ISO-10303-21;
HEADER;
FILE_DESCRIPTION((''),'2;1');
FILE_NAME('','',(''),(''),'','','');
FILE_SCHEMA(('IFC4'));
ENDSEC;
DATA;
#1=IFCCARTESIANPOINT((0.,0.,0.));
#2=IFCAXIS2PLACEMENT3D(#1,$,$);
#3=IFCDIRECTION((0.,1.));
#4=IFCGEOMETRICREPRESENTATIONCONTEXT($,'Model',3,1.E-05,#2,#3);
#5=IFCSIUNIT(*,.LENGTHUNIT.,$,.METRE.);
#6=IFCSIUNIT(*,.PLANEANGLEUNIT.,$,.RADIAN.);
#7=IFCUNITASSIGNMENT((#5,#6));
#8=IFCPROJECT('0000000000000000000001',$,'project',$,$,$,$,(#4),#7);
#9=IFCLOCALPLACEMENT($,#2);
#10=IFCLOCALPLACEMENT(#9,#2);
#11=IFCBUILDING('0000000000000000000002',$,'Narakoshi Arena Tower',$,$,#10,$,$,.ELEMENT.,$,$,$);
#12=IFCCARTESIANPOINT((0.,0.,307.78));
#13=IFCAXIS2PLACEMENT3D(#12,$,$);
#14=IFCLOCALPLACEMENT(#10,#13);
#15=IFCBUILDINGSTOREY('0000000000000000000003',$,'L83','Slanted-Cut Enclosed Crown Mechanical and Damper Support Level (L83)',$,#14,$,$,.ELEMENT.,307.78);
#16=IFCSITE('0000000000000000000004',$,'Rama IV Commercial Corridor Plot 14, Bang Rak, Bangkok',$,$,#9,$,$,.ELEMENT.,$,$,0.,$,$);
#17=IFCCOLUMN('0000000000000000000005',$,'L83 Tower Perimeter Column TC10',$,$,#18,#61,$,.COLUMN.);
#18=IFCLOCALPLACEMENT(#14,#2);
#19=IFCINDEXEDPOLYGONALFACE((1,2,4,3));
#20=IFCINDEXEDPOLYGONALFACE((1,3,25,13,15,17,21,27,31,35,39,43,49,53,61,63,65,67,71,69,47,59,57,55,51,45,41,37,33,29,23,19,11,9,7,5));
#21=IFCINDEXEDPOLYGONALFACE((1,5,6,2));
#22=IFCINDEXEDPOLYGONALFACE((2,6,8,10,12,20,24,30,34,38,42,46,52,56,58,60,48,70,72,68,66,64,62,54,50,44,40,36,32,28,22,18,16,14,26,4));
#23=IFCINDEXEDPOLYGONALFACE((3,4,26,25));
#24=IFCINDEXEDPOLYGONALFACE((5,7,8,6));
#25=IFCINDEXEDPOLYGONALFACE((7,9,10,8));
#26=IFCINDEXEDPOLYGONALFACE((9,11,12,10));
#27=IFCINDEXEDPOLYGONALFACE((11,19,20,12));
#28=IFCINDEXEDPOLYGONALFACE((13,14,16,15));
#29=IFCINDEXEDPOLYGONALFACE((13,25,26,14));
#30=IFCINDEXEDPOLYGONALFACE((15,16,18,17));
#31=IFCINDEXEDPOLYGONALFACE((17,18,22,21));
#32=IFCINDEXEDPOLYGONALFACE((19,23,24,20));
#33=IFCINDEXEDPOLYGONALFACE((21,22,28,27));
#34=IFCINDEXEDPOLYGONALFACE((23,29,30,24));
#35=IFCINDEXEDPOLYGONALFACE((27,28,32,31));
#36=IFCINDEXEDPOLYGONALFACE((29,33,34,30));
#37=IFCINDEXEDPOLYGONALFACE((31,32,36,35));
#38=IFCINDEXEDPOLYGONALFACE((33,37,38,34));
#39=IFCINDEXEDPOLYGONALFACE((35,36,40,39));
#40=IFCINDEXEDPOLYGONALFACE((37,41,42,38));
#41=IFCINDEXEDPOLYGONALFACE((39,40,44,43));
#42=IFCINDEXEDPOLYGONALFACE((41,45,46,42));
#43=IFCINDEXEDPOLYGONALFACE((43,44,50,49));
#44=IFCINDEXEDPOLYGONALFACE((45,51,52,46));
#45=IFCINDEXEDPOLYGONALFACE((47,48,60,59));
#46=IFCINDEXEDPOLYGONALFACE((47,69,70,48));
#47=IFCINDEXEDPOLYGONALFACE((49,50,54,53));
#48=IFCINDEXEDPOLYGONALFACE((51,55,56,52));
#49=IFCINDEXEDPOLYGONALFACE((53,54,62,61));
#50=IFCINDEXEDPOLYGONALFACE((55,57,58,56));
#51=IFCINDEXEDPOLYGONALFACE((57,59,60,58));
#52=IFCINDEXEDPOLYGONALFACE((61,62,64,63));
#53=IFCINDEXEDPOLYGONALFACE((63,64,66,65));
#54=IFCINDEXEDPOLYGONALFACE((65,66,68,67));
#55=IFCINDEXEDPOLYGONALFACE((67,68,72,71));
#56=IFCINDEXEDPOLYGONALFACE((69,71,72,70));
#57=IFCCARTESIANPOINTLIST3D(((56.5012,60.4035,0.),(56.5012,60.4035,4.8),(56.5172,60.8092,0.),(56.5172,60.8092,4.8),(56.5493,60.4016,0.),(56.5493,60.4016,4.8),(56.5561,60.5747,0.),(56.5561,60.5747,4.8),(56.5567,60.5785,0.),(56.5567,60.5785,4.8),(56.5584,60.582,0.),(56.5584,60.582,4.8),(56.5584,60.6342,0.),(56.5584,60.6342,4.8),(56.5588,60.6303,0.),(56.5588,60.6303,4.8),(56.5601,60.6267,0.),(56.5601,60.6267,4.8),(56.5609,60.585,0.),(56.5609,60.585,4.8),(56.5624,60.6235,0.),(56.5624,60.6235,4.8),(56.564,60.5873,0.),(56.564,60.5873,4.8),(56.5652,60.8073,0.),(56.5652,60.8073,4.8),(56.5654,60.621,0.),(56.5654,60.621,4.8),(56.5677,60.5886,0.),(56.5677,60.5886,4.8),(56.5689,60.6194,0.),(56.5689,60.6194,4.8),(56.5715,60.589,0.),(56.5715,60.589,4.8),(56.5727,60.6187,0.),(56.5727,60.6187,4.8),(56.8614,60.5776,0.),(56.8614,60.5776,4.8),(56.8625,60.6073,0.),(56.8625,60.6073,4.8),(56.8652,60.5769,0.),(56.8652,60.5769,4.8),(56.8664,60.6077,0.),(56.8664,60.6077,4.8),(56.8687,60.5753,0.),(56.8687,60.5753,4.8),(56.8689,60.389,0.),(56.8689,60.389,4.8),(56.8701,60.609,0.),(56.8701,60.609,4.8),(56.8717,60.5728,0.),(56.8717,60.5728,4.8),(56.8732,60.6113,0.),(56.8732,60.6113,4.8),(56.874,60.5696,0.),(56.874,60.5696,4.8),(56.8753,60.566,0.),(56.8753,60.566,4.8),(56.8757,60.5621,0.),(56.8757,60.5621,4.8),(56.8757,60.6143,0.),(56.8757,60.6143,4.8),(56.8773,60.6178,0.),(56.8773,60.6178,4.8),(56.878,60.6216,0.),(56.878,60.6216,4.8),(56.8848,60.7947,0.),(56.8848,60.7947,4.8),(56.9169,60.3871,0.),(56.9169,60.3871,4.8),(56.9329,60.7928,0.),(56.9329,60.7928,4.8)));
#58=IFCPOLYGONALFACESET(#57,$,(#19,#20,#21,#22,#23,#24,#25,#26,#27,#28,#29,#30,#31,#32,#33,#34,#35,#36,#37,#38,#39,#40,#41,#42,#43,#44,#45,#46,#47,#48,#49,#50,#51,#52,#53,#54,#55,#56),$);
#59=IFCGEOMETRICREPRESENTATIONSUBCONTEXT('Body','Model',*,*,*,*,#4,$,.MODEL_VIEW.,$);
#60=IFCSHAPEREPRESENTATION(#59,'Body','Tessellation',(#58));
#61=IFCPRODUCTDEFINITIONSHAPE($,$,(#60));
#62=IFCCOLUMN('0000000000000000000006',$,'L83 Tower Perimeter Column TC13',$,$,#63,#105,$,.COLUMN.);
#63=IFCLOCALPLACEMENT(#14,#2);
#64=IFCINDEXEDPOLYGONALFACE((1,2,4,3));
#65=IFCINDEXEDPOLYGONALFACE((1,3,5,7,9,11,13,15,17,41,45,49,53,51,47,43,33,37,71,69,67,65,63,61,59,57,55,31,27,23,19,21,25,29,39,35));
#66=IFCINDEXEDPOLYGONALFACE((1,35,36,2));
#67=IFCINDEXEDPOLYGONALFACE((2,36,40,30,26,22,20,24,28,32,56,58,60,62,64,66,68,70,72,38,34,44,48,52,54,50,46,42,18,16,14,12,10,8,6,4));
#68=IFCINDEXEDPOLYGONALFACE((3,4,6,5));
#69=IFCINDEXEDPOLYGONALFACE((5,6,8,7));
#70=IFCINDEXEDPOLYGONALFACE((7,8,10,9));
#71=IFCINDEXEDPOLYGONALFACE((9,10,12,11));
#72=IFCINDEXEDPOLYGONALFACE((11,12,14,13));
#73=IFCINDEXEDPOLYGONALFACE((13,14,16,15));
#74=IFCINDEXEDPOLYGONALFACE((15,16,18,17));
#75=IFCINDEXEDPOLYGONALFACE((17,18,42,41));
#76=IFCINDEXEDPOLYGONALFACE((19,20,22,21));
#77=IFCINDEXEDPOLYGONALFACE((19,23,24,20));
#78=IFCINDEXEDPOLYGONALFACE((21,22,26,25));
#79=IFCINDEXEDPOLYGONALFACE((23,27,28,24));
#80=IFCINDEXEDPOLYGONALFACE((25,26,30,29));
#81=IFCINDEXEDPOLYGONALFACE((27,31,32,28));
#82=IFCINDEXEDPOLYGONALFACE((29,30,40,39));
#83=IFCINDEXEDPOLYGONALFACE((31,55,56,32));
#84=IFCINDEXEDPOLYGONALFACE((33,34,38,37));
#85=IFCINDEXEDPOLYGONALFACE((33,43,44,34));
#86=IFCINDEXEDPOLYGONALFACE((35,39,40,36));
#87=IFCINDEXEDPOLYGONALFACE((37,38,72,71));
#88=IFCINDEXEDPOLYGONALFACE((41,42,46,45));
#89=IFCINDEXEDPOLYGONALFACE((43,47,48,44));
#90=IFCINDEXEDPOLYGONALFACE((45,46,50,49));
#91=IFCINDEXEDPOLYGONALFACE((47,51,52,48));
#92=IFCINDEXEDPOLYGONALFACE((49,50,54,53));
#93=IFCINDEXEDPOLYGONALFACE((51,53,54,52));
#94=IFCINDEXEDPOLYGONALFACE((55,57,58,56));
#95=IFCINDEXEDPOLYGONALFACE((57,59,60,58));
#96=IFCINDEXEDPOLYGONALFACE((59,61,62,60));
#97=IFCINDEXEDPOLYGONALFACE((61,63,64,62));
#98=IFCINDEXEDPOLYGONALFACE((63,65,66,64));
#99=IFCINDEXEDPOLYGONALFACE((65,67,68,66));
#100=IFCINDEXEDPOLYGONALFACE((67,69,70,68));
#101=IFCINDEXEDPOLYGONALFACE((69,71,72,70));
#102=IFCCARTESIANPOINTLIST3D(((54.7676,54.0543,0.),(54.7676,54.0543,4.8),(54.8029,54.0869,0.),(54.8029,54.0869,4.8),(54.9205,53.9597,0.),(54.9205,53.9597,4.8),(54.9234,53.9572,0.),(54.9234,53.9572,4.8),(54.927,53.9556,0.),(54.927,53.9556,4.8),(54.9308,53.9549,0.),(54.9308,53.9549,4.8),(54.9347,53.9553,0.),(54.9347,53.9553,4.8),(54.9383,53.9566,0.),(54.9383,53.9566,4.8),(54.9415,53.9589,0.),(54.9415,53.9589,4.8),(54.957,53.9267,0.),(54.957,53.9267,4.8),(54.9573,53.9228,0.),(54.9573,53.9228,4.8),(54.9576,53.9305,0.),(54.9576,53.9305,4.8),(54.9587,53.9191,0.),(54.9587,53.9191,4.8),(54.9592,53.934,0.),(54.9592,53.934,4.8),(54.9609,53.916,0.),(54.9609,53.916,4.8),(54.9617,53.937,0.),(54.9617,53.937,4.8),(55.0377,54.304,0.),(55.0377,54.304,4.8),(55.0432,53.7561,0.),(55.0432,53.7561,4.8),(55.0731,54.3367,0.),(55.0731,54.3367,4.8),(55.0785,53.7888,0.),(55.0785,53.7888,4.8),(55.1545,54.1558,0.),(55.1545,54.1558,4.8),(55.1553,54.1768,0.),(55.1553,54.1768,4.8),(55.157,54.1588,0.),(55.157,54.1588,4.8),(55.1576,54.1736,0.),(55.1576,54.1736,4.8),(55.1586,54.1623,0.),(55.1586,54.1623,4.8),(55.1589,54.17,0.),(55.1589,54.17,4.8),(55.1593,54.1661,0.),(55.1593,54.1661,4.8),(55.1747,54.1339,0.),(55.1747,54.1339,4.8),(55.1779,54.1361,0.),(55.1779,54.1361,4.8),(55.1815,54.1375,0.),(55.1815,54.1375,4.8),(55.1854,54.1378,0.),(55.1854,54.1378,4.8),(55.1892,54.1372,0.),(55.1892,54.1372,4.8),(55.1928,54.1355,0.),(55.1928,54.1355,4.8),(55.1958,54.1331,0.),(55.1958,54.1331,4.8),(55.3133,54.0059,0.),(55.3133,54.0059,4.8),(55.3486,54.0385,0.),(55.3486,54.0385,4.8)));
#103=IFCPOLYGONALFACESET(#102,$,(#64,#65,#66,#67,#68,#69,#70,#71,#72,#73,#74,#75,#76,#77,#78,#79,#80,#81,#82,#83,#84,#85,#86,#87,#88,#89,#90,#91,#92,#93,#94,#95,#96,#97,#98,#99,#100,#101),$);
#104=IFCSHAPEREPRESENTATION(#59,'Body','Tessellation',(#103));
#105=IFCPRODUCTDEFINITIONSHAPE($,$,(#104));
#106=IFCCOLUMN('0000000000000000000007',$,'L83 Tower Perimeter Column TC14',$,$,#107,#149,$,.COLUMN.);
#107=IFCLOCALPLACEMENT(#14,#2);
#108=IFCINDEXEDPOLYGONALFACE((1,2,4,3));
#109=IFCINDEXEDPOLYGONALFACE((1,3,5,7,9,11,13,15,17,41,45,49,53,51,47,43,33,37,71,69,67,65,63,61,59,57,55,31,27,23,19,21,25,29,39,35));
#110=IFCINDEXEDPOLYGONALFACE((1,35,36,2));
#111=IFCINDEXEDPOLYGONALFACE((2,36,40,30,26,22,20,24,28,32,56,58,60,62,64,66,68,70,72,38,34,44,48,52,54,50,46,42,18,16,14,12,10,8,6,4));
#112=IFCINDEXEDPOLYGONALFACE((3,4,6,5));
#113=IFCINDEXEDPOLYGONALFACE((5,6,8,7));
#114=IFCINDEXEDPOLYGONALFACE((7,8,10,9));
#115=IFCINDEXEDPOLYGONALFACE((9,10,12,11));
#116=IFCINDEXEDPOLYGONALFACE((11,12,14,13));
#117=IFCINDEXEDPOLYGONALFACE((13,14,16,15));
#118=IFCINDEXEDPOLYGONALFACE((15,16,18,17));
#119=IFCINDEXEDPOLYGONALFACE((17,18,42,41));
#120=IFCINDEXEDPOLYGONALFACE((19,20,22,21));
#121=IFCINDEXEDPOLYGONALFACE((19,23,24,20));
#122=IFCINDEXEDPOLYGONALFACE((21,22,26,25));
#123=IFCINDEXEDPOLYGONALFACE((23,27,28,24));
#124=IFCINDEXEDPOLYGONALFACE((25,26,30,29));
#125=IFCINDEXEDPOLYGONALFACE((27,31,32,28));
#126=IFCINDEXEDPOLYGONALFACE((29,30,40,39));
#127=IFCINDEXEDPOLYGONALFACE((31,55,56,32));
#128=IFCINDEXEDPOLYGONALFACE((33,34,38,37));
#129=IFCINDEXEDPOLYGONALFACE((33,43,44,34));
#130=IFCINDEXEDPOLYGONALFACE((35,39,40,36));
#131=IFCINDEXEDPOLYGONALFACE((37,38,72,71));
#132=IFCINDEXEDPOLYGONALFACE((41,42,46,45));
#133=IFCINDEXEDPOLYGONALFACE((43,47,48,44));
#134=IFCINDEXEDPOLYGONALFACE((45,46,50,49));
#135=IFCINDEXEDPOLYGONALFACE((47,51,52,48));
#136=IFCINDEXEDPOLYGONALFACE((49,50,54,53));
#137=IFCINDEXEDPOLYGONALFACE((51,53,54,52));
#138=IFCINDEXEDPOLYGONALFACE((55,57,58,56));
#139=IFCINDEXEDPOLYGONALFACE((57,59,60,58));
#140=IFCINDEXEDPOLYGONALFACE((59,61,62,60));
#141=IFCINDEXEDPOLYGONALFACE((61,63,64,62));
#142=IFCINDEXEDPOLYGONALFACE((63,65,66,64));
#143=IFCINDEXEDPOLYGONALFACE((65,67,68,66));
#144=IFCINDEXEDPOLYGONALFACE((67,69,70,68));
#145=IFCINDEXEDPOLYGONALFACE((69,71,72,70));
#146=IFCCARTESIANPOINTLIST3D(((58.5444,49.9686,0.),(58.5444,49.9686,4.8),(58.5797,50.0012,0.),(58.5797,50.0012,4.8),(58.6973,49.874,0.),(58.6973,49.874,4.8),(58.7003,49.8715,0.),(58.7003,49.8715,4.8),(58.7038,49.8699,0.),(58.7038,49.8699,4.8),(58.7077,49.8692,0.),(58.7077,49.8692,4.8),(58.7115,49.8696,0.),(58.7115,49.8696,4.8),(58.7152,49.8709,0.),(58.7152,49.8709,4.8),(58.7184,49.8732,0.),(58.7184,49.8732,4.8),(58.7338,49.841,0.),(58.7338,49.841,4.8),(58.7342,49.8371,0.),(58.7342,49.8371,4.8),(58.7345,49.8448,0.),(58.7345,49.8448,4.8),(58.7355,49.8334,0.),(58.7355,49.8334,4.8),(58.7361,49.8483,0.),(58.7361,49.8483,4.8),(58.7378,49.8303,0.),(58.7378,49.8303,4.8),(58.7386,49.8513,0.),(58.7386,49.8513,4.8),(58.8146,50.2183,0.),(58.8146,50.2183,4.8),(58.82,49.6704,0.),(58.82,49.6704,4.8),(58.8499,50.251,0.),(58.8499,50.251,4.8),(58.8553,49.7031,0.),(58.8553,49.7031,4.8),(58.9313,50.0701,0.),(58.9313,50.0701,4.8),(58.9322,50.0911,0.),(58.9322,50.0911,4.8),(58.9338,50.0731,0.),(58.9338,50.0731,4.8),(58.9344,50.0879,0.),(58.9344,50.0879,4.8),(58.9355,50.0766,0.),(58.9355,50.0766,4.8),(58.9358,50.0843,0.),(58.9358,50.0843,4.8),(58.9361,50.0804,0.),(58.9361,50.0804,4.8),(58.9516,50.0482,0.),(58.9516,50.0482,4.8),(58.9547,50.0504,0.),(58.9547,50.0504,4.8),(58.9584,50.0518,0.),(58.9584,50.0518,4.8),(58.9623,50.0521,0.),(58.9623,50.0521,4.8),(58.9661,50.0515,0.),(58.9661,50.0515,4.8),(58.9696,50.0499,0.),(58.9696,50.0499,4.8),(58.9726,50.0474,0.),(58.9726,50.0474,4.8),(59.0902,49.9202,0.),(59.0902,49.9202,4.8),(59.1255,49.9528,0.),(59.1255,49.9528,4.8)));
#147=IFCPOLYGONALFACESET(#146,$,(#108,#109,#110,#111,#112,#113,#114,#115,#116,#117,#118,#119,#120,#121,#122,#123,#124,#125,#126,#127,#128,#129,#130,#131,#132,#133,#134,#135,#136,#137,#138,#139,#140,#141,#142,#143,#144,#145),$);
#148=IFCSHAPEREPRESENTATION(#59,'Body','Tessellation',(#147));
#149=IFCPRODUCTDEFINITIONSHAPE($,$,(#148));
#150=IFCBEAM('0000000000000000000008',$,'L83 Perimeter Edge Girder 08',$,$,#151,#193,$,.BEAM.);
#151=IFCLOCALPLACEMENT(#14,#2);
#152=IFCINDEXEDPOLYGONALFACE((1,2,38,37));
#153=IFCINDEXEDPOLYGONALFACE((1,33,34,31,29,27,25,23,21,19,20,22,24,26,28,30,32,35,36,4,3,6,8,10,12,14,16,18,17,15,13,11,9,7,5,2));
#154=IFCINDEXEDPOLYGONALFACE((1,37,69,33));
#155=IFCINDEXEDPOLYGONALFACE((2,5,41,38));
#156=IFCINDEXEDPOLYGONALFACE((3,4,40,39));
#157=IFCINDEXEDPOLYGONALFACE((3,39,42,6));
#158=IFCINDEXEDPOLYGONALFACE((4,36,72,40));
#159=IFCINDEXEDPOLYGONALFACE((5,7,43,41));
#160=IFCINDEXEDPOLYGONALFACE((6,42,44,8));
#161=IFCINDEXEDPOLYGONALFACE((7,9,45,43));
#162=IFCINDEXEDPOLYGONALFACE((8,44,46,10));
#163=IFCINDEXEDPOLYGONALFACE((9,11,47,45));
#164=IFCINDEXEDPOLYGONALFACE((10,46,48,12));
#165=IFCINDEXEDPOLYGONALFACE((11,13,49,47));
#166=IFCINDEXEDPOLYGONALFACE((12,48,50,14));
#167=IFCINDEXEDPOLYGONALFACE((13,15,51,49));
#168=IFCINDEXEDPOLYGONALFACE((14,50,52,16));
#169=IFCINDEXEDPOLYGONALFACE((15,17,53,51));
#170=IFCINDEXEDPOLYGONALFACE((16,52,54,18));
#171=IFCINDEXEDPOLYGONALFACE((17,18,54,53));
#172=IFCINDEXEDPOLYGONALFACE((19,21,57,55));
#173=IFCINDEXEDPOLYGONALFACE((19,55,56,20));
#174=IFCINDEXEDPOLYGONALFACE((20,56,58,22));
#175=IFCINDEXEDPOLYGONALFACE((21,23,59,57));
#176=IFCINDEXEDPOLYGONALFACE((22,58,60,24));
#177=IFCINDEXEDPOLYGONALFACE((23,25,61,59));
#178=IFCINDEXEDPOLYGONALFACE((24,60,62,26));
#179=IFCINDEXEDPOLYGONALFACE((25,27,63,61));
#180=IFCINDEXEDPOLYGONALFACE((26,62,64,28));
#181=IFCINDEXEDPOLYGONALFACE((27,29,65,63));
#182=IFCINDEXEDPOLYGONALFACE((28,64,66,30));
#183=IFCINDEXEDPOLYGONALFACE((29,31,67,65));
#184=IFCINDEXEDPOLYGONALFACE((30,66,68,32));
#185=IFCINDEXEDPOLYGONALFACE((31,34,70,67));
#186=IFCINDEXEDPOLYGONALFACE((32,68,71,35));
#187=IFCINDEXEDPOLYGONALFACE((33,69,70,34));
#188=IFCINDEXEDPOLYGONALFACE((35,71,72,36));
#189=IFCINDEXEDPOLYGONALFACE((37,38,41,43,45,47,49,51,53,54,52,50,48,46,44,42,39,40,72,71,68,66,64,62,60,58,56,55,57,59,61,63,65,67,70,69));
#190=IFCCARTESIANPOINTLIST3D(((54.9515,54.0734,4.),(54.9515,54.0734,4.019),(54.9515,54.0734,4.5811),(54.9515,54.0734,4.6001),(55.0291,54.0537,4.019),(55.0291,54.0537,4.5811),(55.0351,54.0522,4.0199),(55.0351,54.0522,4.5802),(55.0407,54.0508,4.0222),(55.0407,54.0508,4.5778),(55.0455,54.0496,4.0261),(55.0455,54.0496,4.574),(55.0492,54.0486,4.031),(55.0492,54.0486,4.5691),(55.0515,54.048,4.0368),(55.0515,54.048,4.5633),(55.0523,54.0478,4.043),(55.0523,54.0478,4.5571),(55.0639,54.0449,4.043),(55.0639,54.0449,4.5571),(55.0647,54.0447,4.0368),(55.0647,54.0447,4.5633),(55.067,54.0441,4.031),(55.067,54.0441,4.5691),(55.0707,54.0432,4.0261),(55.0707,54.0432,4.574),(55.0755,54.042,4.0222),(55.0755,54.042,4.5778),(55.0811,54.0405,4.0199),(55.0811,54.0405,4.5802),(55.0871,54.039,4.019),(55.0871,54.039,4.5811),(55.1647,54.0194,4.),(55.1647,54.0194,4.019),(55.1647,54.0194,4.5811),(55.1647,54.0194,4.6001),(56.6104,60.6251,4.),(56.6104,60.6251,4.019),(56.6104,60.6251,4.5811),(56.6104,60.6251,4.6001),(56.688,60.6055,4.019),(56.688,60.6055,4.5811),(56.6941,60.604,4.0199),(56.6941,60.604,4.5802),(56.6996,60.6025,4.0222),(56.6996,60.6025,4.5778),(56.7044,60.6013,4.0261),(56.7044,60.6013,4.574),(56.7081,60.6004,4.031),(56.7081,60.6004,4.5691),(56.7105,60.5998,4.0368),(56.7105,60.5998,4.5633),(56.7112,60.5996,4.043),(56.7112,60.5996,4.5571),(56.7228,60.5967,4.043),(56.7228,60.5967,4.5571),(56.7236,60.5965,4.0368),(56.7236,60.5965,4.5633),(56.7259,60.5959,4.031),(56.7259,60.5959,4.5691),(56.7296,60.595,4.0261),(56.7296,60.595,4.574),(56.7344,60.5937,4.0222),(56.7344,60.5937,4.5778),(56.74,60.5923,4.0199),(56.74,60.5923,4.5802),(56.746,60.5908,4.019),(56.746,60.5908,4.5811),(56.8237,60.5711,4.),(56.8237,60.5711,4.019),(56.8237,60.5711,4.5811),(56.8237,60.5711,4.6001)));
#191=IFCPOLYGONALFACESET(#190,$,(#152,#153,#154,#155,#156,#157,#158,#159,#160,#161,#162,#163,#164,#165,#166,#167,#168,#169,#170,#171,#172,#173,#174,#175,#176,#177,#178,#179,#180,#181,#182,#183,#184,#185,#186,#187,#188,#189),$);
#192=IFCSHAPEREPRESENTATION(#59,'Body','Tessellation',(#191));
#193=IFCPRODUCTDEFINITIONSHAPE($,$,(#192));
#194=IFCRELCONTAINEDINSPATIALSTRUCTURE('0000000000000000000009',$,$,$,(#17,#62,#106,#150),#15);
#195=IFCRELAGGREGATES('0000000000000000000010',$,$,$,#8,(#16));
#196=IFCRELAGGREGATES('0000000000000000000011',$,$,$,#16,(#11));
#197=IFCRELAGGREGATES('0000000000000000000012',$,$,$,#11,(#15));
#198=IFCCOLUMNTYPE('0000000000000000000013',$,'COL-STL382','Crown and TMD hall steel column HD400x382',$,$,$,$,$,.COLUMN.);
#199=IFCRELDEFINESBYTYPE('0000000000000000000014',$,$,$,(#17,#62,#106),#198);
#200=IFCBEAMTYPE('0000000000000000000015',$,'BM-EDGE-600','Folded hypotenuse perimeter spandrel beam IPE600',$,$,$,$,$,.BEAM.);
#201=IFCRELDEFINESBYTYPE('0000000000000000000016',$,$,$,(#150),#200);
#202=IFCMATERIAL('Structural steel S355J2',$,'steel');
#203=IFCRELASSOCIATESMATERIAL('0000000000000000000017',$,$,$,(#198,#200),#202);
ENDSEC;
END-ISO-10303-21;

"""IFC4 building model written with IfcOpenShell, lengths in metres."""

from ifc_helpers import new_model, si_unit, direction, frame, origin, origin_2d, place, context, subcontext, project, spatial, i_section, extrude, material, material_profile, profile_set, type_object, element, save


model = new_model("IFC4")

# Units and contexts
model_context = context("Model", 3, precision=1e-05, world=origin(), true_north=direction((0.0, 1.0)))
body_context = subcontext(model_context, "Body", "Model", "MODEL_VIEW")
ifc_project = project(units=[si_unit("LENGTHUNIT", "METRE"), si_unit("PLANEANGLEUNIT", "RADIAN")], contexts=[model_context])

# Site, building, storey
site_placement = place(None, origin())
site = spatial("IfcSite", under=ifc_project, at=site_placement, Name="Rama IV Commercial Corridor Plot 14, Bang Rak, Bangkok", CompositionType="ELEMENT", RefElevation=0.0)
building_placement = place(site_placement, origin())
building = spatial("IfcBuilding", under=site, at=building_placement, Name="Narakoshi Arena Tower", CompositionType="ELEMENT")
storey_placement = place(building_placement, frame((0.0, 0.0, 307.78)))
storey = spatial("IfcBuildingStorey", under=building, at=storey_placement, Name="L83", Description="Slanted-Cut Enclosed Crown Mechanical and Damper Support Level (L83)", CompositionType="ELEMENT", Elevation=307.78)

# Columns
ifc_material_1 = material(Name="Structural steel S355J2", Category="steel")
ifc_material_profile_1 = material_profile(ifc_material_1, i_section(OverallWidth=0.406, OverallDepth=0.416, WebThickness=0.0298, FlangeThickness=0.0481, FilletRadius=0.0149, at=origin_2d()), Name="HD400x382")
ifc_profile_set_1 = profile_set([ifc_material_profile_1], Name="Structural steel S355J2")
column_type = type_object("IfcColumnType", Name="COL-STL382", Description="Crown and TMD hall steel column HD400x382", PredefinedType="COLUMN", material=ifc_profile_set_1)
for number, where, z_axis, x_axis, name in (
    (1, (56.717, 60.5981, 0.0), (0.0, 0.0, 1.0), (0.03926, 0.999229, 0.0), "L83 Tower Perimeter Column TC10"),
    (2, (55.0581, 54.0464, 0.0), (0.0, 0.0, 1.0), (-0.678801, 0.734323, 0.0), "L83 Tower Perimeter Column TC13"),
    (3, (58.835, 49.9607, 0.0), (0.0, 0.0, 1.0), (-0.678801, 0.734323, 0.0), "L83 Tower Perimeter Column TC14"),
):
    element("IfcColumn", number, at=place(storey_placement, frame(where, z_axis=z_axis, x_axis=x_axis)), inside=storey, type_object=column_type, Name=name, PredefinedType="COLUMN", context=body_context, shape_type="SweptSolid", body=[
        extrude(i_section(OverallWidth=0.406, OverallDepth=0.416, WebThickness=0.0298, FlangeThickness=0.0481, FilletRadius=0.0149, at=origin_2d()), origin(), (0.0, 0.0, 1.0), 4.8),
    ])

# Beam
ifc_material_profile_2 = material_profile(ifc_material_1, i_section(OverallWidth=0.22, OverallDepth=0.6001, WebThickness=0.012, FlangeThickness=0.019, FilletRadius=0.0239, at=origin_2d()), Name="IPE600")
ifc_profile_set_2 = profile_set([ifc_material_profile_2], Name="Structural steel S355J2")
beam_type = type_object("IfcBeamType", Name="BM-EDGE-600", Description="Folded hypotenuse perimeter spandrel beam IPE600", PredefinedType="BEAM", material=ifc_profile_set_2)
beam_1_placement = place(storey_placement, frame((56.717, 60.5981, 4.3), z_axis=(-0.245458, -0.969407, 0.0), x_axis=(0.969407, -0.245458, 0.0)))
element("IfcBeam", 4, at=beam_1_placement, inside=storey, type_object=beam_type, Name="L83 Perimeter Edge Girder 08", PredefinedType="BEAM", context=body_context, shape_type="SweptSolid", body=[
    extrude(i_section(OverallWidth=0.22, OverallDepth=0.6001, WebThickness=0.012, FlangeThickness=0.019, FilletRadius=0.0239, at=origin_2d()), origin(), (0.0, 0.0, 1.0), 6.7585),
])

save(model, "model.ifc")
